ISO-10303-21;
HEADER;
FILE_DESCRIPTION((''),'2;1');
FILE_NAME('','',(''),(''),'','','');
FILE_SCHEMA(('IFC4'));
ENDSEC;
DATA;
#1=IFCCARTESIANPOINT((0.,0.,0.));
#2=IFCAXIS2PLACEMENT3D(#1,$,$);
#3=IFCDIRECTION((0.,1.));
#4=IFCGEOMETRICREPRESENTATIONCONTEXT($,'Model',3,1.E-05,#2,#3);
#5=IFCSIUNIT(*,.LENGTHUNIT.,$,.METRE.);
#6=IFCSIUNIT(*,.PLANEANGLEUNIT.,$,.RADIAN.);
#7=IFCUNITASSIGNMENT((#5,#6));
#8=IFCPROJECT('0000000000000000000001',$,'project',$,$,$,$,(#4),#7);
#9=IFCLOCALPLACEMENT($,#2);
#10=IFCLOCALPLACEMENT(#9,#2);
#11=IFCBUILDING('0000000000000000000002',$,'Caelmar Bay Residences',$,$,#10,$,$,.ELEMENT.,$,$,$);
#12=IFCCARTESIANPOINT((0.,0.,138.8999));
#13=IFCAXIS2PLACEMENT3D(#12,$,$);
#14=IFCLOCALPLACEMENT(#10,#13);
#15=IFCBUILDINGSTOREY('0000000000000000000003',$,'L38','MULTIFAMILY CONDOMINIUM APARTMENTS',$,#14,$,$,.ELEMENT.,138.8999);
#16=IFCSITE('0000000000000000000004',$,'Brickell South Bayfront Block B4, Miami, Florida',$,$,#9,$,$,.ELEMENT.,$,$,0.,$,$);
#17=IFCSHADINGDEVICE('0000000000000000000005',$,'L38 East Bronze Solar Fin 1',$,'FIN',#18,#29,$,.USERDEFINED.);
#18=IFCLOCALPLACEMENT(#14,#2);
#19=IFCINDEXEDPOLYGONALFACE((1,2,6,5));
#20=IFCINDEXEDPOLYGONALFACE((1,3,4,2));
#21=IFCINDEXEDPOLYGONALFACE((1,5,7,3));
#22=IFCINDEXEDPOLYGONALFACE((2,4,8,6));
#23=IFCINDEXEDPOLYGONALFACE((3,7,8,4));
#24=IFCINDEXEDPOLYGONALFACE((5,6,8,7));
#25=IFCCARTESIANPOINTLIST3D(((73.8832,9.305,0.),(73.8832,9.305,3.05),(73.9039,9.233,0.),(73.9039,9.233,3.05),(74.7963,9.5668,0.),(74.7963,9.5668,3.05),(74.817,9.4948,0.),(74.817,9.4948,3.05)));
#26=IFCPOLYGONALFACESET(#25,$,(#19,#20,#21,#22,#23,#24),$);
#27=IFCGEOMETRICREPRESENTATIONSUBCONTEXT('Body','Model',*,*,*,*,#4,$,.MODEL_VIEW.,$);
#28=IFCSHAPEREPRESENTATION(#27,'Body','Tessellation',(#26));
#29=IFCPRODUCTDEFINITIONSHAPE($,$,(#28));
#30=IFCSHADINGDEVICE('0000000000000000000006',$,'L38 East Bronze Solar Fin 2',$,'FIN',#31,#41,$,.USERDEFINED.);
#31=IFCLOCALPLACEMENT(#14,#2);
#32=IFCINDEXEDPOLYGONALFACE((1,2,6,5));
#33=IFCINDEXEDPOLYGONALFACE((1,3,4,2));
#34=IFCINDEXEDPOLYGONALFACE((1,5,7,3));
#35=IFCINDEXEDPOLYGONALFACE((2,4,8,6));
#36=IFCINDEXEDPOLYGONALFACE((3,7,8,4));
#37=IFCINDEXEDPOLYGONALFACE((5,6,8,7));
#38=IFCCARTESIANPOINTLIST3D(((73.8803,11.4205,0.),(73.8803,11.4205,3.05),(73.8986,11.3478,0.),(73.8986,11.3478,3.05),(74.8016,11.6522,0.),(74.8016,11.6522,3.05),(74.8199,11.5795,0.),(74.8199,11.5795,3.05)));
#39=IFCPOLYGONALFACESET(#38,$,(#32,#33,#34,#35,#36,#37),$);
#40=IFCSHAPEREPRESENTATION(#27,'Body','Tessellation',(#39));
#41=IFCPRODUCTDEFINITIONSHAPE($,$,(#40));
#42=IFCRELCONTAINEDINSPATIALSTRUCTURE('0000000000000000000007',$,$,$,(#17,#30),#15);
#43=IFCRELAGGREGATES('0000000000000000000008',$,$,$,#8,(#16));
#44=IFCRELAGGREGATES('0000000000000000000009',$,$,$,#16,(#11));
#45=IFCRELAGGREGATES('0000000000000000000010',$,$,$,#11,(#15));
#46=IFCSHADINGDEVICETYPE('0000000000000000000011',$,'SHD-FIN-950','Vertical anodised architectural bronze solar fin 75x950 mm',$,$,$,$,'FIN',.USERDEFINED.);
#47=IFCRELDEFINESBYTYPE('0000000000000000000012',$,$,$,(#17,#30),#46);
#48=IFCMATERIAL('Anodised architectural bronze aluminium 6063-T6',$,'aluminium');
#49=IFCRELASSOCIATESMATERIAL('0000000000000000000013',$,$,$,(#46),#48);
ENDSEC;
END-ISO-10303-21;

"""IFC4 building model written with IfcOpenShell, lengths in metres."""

from ifc_helpers import new_model, si_unit, direction, frame, origin, origin_2d, place, context, subcontext, project, spatial, rectangle, extrude, material, material_profile, profile_set, type_object, element, save


model = new_model("IFC4")

# Units and contexts
model_context = context("Model", 3, precision=1e-05, world=origin(), true_north=direction((0.0, 1.0)))
body_context = subcontext(model_context, "Body", "Model", "MODEL_VIEW")
ifc_project = project(units=[si_unit("LENGTHUNIT", "METRE"), si_unit("PLANEANGLEUNIT", "RADIAN")], contexts=[model_context])

# Site, building, storey
site_placement = place(None, origin())
site = spatial("IfcSite", under=ifc_project, at=site_placement, Name="Brickell South Bayfront Block B4, Miami, Florida", CompositionType="ELEMENT", RefElevation=0.0)
building_placement = place(site_placement, origin())
building = spatial("IfcBuilding", under=site, at=building_placement, Name="Caelmar Bay Residences", CompositionType="ELEMENT")
storey_placement = place(building_placement, frame((0.0, 0.0, 138.8999)))
storey = spatial("IfcBuildingStorey", under=building, at=storey_placement, Name="L38", Description="MULTIFAMILY CONDOMINIUM APARTMENTS", CompositionType="ELEMENT", Elevation=138.8999)

# Shading devices
ifc_material_1 = material(Name="Anodised architectural bronze aluminium 6063-T6", Category="aluminium")
ifc_material_profile_1 = material_profile(ifc_material_1, rectangle(XDim=0.075, YDim=0.95, at=origin_2d()), Name="BRONZE-FIN-75X950")
ifc_profile_set_1 = profile_set([ifc_material_profile_1], Name="Anodised architectural bronze aluminium 6063-T6")
shading_device_type = type_object("IfcShadingDeviceType", Name="SHD-FIN-950", Description="Vertical anodised architectural bronze solar fin 75x950 mm", ElementType="FIN", PredefinedType="USERDEFINED", material=ifc_profile_set_1)
for number, where, z_axis, x_axis, name in (
    (1, (74.3501, 9.3999, 0.0), (0.0, 0.0, 1.0), (-0.275637, 0.961262, 0.0), "L38 East Bronze Solar Fin 1"),
    (2, (74.3501, 11.5, 0.0), (0.0, 0.0, 1.0), (-0.243954, 0.969787, 0.0), "L38 East Bronze Solar Fin 2"),
):
    element("IfcShadingDevice", number, at=place(storey_placement, frame(where, z_axis=z_axis, x_axis=x_axis)), inside=storey, type_object=shading_device_type, Name=name, ObjectType="FIN", PredefinedType="USERDEFINED", context=body_context, shape_type="SweptSolid", body=[
        extrude(rectangle(XDim=0.075, YDim=0.95, at=origin_2d()), origin(), (0.0, 0.0, 1.0), 3.05),
    ])

save(model, "model.ifc")
